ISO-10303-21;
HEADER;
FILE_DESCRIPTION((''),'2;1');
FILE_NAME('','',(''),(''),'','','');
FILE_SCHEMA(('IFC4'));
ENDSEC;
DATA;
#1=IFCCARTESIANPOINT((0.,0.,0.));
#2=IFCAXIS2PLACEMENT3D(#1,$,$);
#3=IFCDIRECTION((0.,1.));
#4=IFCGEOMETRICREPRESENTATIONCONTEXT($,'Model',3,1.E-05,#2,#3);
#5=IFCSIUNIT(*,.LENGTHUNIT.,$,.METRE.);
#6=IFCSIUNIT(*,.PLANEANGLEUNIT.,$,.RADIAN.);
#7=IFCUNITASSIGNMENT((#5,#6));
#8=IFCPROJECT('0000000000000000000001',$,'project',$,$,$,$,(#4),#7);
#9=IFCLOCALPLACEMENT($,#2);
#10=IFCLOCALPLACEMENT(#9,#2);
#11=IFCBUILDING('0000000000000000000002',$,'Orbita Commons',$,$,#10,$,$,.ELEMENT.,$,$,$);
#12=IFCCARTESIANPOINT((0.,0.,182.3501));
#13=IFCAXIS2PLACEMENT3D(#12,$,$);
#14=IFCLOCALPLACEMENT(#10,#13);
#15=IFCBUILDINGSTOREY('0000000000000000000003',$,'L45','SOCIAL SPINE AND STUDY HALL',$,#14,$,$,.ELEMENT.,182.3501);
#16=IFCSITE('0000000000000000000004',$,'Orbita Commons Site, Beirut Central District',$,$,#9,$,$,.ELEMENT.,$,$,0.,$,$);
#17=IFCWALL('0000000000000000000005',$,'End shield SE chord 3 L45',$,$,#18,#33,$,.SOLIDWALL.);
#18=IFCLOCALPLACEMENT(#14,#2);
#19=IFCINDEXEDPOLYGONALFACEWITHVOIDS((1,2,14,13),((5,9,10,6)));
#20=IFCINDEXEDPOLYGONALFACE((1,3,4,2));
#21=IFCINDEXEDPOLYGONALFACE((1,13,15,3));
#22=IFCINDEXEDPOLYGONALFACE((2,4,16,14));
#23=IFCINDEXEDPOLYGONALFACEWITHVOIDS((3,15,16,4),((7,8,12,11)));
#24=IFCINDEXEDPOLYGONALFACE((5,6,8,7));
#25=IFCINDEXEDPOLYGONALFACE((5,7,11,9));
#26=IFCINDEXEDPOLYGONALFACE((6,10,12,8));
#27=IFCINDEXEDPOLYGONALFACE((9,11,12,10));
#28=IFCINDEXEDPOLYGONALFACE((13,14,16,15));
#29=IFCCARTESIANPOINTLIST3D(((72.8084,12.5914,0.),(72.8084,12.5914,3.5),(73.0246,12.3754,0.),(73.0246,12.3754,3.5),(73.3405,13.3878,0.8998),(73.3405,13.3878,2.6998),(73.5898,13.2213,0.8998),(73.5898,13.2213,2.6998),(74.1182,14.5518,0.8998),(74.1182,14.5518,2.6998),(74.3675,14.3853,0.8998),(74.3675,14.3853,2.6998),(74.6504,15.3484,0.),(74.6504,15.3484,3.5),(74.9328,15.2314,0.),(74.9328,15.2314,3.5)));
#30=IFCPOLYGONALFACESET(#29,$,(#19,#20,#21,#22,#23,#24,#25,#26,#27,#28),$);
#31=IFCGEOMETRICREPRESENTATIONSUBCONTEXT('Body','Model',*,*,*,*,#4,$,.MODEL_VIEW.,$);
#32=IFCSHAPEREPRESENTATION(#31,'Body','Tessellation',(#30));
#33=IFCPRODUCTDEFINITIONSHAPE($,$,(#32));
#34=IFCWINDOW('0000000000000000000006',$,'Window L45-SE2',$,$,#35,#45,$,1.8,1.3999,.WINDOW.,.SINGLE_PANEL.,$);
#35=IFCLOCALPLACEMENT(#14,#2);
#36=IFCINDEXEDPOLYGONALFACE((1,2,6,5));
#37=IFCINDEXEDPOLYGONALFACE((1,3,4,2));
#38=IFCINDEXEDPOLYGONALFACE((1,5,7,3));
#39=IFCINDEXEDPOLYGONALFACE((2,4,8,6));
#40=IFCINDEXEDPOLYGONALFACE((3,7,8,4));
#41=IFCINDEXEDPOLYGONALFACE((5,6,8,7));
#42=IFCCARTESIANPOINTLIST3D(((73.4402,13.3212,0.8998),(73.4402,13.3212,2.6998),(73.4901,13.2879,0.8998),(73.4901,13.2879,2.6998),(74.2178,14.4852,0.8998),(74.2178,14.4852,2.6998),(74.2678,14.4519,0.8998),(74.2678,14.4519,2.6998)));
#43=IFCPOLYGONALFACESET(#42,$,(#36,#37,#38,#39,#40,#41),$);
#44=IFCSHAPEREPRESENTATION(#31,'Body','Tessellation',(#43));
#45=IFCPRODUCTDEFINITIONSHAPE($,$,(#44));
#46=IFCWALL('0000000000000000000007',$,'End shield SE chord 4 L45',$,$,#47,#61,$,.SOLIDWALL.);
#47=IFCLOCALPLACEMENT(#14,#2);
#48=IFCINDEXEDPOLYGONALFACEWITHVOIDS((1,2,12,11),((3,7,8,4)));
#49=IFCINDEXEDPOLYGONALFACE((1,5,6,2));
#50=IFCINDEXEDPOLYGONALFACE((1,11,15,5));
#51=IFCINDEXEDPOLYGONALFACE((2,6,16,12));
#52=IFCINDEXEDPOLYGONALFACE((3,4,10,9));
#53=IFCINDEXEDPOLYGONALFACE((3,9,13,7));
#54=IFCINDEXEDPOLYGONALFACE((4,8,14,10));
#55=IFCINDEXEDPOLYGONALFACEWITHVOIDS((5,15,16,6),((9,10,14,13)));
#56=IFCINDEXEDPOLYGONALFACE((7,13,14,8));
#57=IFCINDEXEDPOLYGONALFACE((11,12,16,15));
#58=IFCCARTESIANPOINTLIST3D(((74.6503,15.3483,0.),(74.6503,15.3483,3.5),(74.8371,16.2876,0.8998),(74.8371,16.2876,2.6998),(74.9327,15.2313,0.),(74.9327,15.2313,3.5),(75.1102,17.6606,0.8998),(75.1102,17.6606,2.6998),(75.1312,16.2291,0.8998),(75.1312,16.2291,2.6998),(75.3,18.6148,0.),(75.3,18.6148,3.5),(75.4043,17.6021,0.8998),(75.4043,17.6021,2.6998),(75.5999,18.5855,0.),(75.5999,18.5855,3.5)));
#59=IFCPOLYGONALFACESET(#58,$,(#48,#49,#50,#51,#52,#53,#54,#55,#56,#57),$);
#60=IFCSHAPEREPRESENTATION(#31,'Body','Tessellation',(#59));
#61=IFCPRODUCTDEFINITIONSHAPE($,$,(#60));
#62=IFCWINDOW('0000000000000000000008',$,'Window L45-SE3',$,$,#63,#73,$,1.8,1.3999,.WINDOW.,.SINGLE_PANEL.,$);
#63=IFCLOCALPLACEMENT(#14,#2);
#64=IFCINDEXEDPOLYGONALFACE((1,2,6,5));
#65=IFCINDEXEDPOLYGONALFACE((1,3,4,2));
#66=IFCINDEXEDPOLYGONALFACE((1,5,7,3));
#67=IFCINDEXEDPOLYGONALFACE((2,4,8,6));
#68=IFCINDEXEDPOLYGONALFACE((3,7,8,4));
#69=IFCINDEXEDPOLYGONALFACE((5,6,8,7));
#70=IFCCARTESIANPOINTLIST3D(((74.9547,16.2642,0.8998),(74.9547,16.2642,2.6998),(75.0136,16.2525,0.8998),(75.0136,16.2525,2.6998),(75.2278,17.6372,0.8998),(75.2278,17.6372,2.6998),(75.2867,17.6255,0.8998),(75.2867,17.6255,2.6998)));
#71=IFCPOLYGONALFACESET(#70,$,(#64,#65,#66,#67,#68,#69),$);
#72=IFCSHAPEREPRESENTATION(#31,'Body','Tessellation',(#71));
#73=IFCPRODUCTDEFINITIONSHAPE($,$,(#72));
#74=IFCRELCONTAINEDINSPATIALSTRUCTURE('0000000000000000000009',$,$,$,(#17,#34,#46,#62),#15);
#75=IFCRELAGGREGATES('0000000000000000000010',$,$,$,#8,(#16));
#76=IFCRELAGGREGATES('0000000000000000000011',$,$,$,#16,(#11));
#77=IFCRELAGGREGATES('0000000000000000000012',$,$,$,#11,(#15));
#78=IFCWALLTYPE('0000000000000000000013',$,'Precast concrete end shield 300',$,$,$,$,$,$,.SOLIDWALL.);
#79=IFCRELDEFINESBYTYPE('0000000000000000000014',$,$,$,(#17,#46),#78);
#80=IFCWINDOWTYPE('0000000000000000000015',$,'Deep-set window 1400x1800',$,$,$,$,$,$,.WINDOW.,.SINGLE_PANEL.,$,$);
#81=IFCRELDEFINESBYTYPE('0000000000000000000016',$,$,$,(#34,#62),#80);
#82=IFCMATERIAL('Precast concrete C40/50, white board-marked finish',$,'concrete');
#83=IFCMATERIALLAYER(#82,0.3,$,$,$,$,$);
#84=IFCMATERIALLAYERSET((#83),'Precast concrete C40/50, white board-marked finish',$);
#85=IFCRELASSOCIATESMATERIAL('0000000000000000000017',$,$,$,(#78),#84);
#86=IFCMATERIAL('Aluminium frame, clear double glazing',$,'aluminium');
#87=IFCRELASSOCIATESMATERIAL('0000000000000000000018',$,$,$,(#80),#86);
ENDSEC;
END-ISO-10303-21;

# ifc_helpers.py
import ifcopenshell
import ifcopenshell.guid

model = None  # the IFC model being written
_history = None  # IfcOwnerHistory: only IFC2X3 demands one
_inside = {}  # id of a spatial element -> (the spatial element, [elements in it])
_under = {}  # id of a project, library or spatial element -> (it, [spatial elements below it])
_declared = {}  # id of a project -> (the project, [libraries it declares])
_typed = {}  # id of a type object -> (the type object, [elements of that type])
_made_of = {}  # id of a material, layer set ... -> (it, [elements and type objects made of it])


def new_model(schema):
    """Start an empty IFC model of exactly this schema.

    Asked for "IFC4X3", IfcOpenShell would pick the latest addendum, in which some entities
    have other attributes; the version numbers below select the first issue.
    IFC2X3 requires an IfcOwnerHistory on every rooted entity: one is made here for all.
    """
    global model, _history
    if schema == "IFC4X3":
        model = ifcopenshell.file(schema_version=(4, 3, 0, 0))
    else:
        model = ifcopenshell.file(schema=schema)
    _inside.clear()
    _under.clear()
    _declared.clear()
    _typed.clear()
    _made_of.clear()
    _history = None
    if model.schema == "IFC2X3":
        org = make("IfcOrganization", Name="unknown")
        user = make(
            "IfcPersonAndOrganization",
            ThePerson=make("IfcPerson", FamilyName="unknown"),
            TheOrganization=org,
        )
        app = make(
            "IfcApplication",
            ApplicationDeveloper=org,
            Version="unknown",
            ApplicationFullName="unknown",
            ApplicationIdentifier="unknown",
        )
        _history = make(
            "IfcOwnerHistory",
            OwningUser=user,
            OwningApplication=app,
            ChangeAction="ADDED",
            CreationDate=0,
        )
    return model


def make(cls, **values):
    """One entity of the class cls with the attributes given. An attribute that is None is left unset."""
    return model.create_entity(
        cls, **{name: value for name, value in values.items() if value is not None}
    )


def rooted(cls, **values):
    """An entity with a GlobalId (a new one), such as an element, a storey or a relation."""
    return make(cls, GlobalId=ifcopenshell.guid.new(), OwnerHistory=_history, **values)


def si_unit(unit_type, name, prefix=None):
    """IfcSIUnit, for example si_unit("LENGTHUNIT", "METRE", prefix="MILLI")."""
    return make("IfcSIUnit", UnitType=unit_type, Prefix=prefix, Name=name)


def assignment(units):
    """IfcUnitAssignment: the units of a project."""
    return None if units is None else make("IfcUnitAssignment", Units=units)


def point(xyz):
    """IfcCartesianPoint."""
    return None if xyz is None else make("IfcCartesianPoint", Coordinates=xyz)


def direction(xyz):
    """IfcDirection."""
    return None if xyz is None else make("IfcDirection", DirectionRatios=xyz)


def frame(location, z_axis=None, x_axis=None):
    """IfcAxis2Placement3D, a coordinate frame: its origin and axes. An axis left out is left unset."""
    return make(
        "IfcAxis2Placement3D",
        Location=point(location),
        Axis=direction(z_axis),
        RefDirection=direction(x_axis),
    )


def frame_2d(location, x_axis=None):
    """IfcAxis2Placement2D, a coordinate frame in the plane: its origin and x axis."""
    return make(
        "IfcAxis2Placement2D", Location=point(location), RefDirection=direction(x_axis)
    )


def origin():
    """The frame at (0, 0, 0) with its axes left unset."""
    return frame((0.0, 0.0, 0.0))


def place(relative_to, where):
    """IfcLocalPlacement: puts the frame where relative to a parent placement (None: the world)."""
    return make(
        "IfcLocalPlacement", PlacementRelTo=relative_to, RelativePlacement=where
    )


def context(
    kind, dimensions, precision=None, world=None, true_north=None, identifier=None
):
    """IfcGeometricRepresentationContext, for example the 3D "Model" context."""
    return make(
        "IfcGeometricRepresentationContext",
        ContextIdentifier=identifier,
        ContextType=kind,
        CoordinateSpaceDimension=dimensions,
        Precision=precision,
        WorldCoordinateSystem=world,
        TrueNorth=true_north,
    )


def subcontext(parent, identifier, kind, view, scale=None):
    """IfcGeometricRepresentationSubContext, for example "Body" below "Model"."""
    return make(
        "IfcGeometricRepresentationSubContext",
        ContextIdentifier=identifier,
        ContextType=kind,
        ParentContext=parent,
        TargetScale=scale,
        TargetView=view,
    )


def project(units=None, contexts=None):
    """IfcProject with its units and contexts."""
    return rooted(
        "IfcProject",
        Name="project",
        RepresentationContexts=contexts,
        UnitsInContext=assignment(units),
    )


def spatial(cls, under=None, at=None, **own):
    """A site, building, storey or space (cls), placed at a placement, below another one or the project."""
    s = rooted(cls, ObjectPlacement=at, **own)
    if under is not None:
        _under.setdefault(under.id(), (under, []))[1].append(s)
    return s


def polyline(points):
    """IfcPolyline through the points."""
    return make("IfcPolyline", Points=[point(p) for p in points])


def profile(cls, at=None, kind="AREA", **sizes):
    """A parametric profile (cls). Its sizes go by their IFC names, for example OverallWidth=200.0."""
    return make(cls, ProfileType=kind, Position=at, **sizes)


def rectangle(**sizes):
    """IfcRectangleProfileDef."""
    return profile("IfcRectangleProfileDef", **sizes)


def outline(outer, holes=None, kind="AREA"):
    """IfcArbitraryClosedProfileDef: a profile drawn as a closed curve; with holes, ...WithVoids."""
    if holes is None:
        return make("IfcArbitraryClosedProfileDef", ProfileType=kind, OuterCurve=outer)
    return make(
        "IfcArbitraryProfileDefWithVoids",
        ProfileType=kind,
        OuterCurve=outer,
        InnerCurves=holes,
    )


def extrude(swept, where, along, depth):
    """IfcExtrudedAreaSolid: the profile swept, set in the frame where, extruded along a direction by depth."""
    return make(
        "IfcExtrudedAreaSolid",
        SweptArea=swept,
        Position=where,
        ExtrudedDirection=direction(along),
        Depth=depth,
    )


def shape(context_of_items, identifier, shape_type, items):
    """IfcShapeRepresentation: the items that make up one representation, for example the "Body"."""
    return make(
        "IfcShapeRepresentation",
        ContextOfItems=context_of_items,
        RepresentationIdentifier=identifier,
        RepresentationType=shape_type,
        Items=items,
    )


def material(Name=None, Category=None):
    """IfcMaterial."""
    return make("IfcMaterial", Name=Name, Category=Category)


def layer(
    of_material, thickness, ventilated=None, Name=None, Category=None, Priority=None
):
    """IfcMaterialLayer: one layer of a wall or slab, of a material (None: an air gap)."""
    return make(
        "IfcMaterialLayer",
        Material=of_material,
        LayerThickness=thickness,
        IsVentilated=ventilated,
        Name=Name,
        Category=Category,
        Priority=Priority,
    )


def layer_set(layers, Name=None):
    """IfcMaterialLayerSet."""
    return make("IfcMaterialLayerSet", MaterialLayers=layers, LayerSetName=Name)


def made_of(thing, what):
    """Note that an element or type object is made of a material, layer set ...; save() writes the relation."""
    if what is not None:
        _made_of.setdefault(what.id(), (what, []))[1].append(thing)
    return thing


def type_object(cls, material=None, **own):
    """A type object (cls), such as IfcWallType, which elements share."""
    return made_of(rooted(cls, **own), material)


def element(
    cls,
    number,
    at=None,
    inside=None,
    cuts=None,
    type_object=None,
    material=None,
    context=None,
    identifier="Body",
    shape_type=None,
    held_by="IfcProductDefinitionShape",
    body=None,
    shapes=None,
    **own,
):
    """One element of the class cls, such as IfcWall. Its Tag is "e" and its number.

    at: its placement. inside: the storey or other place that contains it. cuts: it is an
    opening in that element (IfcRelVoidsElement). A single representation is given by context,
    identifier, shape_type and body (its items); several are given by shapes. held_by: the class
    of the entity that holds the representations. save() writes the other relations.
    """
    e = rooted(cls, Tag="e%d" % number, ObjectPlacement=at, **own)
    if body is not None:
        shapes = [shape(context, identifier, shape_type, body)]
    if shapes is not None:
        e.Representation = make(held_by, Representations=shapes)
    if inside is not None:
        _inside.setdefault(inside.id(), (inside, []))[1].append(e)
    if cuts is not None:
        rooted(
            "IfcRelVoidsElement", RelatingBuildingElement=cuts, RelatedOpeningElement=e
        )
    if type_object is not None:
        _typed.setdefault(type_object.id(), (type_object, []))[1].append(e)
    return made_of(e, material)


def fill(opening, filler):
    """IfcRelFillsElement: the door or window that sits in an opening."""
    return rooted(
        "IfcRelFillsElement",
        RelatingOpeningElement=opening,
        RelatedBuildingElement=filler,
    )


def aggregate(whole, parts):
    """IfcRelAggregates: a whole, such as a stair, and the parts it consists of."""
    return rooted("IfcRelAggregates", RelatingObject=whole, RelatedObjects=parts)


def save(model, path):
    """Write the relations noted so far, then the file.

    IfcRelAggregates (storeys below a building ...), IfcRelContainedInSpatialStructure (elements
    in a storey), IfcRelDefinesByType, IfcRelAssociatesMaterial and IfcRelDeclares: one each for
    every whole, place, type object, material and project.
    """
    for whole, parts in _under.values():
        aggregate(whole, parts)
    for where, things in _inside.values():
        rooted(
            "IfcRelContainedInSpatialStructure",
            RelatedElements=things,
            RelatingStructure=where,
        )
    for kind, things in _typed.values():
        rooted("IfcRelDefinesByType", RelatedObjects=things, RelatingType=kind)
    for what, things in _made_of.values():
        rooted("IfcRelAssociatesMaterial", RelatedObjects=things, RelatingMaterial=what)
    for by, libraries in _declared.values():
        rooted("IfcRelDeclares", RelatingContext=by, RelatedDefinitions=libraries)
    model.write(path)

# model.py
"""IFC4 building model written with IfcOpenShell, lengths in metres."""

from ifc_helpers import new_model, si_unit, direction, frame, frame_2d, origin, place, context, subcontext, project, spatial, polyline, rectangle, outline, extrude, material, layer, layer_set, type_object, element, fill, save


model = new_model("IFC4")

# Units and contexts
model_context = context("Model", 3, precision=1e-05, world=origin(), true_north=direction((0.0, 1.0)))
body_context = subcontext(model_context, "Body", "Model", "MODEL_VIEW")
ifc_project = project(units=[si_unit("LENGTHUNIT", "METRE"), si_unit("PLANEANGLEUNIT", "RADIAN")], contexts=[model_context])

# Site, building, storey
site_placement = place(None, origin())
site = spatial("IfcSite", under=ifc_project, at=site_placement, Name="Orbita Commons Site, Beirut Central District", CompositionType="ELEMENT", RefElevation=0.0)
building_placement = place(site_placement, origin())
building = spatial("IfcBuilding", under=site, at=building_placement, Name="Orbita Commons", CompositionType="ELEMENT")
storey_placement = place(building_placement, frame((0.0, 0.0, 182.3501)))
storey = spatial("IfcBuildingStorey", under=building, at=storey_placement, Name="L45", Description="SOCIAL SPINE AND STUDY HALL", CompositionType="ELEMENT", Elevation=182.3501)

# Shared definitions
ifc_material_1 = material(Name="Precast concrete C40/50, white board-marked finish", Category="concrete")
ifc_layer_1 = layer(ifc_material_1, 0.3)
ifc_layer_set_1 = layer_set([ifc_layer_1], Name="Precast concrete C40/50, white board-marked finish")
wall_type_1 = type_object("IfcWallType", Name="Precast concrete end shield 300", PredefinedType="SOLIDWALL", material=ifc_layer_set_1)

# Walls, openings, windows
wall_1_placement = place(storey_placement, frame((72.9165, 12.4834, 0.0), z_axis=(0.0, 0.0, 1.0), x_axis=(0.555535, 0.831493, 0.0)))
wall_1 = element("IfcWall", 1, at=wall_1_placement, inside=storey, type_object=wall_type_1, Name="End shield SE chord 3 L45", PredefinedType="SOLIDWALL", context=body_context, shape_type="SweptSolid", body=[
    extrude(outline(polyline([(-0.0298, -0.1499), (3.405, -0.1499), (3.3455, 0.1499), (0.0298, 0.1499), (-0.0298, -0.1499)])), origin(), (0.0, 0.0, 1.0), 3.5),
])
opening_1_placement = place(wall_1_placement, frame((0.9875, 0.0, 0.8999)))
opening_1 = element("IfcOpeningElement", 2, at=opening_1_placement, cuts=wall_1, PredefinedType="OPENING", context=body_context, shape_type="SweptSolid", body=[
    extrude(rectangle(XDim=1.3999, YDim=1.8, at=frame_2d((0.7, 0.8999))), frame((0.0, 0.1599, 0.0), z_axis=(0.0, -1.0, 0.0), x_axis=(1.0, 0.0, 0.0)), (0.0, 0.0, 1.0), 0.3201),
])
ifc_material_2 = material(Name="Aluminium frame, clear double glazing", Category="aluminium")
window_type_1 = type_object("IfcWindowType", Name="Deep-set window 1400x1800", PartitioningType="SINGLE_PANEL", PredefinedType="WINDOW", material=ifc_material_2)
window_1_placement = place(opening_1_placement, origin())
window_1 = element("IfcWindow", 3, at=window_1_placement, inside=storey, type_object=window_type_1, Name="Window L45-SE2", OverallHeight=1.8, OverallWidth=1.3999, PartitioningType="SINGLE_PANEL", PredefinedType="WINDOW", context=body_context, shape_type="SweptSolid", body=[
    extrude(rectangle(XDim=1.3999, YDim=1.8, at=frame_2d((0.7, 0.8999))), frame((0.0, 0.03, 0.0), z_axis=(0.0, -1.0, 0.0), x_axis=(1.0, 0.0, 0.0)), (0.0, 0.0, 1.0), 0.0601),
])
fill(opening_1, window_1)
wall_2_placement = place(storey_placement, frame((74.7915, 15.2898, 0.0), z_axis=(0.0, 0.0, 1.0), x_axis=(0.195087, 0.980786, 0.0)))
wall_2 = element("IfcWall", 4, at=wall_2_placement, inside=storey, type_object=wall_type_1, Name="End shield SE chord 4 L45", PredefinedType="SOLIDWALL", context=body_context, shape_type="SweptSolid", body=[
    extrude(outline(polyline([(-0.0298, -0.1499), (3.3901, -0.1499), (3.3604, 0.1499), (0.0298, 0.1499), (-0.0298, -0.1499)])), origin(), (0.0, 0.0, 1.0), 3.5),
])
opening_2_placement = place(wall_2_placement, frame((0.9875, 0.0, 0.8999)))
opening_2 = element("IfcOpeningElement", 5, at=opening_2_placement, cuts=wall_2, PredefinedType="OPENING", context=body_context, shape_type="SweptSolid", body=[
    extrude(rectangle(XDim=1.3999, YDim=1.8, at=frame_2d((0.7, 0.8999))), frame((0.0, 0.1599, 0.0), z_axis=(0.0, -1.0, 0.0), x_axis=(1.0, 0.0, 0.0)), (0.0, 0.0, 1.0), 0.3201),
])
window_2_placement = place(opening_2_placement, origin())
window_2 = element("IfcWindow", 6, at=window_2_placement, inside=storey, type_object=window_type_1, Name="Window L45-SE3", OverallHeight=1.8, OverallWidth=1.3999, PartitioningType="SINGLE_PANEL", PredefinedType="WINDOW", context=body_context, shape_type="SweptSolid", body=[
    extrude(rectangle(XDim=1.3999, YDim=1.8, at=frame_2d((0.7, 0.8999))), frame((0.0, 0.03, 0.0), z_axis=(0.0, -1.0, 0.0), x_axis=(1.0, 0.0, 0.0)), (0.0, 0.0, 1.0), 0.0601),
])
fill(opening_2, window_2)

save(model, "model.ifc")
